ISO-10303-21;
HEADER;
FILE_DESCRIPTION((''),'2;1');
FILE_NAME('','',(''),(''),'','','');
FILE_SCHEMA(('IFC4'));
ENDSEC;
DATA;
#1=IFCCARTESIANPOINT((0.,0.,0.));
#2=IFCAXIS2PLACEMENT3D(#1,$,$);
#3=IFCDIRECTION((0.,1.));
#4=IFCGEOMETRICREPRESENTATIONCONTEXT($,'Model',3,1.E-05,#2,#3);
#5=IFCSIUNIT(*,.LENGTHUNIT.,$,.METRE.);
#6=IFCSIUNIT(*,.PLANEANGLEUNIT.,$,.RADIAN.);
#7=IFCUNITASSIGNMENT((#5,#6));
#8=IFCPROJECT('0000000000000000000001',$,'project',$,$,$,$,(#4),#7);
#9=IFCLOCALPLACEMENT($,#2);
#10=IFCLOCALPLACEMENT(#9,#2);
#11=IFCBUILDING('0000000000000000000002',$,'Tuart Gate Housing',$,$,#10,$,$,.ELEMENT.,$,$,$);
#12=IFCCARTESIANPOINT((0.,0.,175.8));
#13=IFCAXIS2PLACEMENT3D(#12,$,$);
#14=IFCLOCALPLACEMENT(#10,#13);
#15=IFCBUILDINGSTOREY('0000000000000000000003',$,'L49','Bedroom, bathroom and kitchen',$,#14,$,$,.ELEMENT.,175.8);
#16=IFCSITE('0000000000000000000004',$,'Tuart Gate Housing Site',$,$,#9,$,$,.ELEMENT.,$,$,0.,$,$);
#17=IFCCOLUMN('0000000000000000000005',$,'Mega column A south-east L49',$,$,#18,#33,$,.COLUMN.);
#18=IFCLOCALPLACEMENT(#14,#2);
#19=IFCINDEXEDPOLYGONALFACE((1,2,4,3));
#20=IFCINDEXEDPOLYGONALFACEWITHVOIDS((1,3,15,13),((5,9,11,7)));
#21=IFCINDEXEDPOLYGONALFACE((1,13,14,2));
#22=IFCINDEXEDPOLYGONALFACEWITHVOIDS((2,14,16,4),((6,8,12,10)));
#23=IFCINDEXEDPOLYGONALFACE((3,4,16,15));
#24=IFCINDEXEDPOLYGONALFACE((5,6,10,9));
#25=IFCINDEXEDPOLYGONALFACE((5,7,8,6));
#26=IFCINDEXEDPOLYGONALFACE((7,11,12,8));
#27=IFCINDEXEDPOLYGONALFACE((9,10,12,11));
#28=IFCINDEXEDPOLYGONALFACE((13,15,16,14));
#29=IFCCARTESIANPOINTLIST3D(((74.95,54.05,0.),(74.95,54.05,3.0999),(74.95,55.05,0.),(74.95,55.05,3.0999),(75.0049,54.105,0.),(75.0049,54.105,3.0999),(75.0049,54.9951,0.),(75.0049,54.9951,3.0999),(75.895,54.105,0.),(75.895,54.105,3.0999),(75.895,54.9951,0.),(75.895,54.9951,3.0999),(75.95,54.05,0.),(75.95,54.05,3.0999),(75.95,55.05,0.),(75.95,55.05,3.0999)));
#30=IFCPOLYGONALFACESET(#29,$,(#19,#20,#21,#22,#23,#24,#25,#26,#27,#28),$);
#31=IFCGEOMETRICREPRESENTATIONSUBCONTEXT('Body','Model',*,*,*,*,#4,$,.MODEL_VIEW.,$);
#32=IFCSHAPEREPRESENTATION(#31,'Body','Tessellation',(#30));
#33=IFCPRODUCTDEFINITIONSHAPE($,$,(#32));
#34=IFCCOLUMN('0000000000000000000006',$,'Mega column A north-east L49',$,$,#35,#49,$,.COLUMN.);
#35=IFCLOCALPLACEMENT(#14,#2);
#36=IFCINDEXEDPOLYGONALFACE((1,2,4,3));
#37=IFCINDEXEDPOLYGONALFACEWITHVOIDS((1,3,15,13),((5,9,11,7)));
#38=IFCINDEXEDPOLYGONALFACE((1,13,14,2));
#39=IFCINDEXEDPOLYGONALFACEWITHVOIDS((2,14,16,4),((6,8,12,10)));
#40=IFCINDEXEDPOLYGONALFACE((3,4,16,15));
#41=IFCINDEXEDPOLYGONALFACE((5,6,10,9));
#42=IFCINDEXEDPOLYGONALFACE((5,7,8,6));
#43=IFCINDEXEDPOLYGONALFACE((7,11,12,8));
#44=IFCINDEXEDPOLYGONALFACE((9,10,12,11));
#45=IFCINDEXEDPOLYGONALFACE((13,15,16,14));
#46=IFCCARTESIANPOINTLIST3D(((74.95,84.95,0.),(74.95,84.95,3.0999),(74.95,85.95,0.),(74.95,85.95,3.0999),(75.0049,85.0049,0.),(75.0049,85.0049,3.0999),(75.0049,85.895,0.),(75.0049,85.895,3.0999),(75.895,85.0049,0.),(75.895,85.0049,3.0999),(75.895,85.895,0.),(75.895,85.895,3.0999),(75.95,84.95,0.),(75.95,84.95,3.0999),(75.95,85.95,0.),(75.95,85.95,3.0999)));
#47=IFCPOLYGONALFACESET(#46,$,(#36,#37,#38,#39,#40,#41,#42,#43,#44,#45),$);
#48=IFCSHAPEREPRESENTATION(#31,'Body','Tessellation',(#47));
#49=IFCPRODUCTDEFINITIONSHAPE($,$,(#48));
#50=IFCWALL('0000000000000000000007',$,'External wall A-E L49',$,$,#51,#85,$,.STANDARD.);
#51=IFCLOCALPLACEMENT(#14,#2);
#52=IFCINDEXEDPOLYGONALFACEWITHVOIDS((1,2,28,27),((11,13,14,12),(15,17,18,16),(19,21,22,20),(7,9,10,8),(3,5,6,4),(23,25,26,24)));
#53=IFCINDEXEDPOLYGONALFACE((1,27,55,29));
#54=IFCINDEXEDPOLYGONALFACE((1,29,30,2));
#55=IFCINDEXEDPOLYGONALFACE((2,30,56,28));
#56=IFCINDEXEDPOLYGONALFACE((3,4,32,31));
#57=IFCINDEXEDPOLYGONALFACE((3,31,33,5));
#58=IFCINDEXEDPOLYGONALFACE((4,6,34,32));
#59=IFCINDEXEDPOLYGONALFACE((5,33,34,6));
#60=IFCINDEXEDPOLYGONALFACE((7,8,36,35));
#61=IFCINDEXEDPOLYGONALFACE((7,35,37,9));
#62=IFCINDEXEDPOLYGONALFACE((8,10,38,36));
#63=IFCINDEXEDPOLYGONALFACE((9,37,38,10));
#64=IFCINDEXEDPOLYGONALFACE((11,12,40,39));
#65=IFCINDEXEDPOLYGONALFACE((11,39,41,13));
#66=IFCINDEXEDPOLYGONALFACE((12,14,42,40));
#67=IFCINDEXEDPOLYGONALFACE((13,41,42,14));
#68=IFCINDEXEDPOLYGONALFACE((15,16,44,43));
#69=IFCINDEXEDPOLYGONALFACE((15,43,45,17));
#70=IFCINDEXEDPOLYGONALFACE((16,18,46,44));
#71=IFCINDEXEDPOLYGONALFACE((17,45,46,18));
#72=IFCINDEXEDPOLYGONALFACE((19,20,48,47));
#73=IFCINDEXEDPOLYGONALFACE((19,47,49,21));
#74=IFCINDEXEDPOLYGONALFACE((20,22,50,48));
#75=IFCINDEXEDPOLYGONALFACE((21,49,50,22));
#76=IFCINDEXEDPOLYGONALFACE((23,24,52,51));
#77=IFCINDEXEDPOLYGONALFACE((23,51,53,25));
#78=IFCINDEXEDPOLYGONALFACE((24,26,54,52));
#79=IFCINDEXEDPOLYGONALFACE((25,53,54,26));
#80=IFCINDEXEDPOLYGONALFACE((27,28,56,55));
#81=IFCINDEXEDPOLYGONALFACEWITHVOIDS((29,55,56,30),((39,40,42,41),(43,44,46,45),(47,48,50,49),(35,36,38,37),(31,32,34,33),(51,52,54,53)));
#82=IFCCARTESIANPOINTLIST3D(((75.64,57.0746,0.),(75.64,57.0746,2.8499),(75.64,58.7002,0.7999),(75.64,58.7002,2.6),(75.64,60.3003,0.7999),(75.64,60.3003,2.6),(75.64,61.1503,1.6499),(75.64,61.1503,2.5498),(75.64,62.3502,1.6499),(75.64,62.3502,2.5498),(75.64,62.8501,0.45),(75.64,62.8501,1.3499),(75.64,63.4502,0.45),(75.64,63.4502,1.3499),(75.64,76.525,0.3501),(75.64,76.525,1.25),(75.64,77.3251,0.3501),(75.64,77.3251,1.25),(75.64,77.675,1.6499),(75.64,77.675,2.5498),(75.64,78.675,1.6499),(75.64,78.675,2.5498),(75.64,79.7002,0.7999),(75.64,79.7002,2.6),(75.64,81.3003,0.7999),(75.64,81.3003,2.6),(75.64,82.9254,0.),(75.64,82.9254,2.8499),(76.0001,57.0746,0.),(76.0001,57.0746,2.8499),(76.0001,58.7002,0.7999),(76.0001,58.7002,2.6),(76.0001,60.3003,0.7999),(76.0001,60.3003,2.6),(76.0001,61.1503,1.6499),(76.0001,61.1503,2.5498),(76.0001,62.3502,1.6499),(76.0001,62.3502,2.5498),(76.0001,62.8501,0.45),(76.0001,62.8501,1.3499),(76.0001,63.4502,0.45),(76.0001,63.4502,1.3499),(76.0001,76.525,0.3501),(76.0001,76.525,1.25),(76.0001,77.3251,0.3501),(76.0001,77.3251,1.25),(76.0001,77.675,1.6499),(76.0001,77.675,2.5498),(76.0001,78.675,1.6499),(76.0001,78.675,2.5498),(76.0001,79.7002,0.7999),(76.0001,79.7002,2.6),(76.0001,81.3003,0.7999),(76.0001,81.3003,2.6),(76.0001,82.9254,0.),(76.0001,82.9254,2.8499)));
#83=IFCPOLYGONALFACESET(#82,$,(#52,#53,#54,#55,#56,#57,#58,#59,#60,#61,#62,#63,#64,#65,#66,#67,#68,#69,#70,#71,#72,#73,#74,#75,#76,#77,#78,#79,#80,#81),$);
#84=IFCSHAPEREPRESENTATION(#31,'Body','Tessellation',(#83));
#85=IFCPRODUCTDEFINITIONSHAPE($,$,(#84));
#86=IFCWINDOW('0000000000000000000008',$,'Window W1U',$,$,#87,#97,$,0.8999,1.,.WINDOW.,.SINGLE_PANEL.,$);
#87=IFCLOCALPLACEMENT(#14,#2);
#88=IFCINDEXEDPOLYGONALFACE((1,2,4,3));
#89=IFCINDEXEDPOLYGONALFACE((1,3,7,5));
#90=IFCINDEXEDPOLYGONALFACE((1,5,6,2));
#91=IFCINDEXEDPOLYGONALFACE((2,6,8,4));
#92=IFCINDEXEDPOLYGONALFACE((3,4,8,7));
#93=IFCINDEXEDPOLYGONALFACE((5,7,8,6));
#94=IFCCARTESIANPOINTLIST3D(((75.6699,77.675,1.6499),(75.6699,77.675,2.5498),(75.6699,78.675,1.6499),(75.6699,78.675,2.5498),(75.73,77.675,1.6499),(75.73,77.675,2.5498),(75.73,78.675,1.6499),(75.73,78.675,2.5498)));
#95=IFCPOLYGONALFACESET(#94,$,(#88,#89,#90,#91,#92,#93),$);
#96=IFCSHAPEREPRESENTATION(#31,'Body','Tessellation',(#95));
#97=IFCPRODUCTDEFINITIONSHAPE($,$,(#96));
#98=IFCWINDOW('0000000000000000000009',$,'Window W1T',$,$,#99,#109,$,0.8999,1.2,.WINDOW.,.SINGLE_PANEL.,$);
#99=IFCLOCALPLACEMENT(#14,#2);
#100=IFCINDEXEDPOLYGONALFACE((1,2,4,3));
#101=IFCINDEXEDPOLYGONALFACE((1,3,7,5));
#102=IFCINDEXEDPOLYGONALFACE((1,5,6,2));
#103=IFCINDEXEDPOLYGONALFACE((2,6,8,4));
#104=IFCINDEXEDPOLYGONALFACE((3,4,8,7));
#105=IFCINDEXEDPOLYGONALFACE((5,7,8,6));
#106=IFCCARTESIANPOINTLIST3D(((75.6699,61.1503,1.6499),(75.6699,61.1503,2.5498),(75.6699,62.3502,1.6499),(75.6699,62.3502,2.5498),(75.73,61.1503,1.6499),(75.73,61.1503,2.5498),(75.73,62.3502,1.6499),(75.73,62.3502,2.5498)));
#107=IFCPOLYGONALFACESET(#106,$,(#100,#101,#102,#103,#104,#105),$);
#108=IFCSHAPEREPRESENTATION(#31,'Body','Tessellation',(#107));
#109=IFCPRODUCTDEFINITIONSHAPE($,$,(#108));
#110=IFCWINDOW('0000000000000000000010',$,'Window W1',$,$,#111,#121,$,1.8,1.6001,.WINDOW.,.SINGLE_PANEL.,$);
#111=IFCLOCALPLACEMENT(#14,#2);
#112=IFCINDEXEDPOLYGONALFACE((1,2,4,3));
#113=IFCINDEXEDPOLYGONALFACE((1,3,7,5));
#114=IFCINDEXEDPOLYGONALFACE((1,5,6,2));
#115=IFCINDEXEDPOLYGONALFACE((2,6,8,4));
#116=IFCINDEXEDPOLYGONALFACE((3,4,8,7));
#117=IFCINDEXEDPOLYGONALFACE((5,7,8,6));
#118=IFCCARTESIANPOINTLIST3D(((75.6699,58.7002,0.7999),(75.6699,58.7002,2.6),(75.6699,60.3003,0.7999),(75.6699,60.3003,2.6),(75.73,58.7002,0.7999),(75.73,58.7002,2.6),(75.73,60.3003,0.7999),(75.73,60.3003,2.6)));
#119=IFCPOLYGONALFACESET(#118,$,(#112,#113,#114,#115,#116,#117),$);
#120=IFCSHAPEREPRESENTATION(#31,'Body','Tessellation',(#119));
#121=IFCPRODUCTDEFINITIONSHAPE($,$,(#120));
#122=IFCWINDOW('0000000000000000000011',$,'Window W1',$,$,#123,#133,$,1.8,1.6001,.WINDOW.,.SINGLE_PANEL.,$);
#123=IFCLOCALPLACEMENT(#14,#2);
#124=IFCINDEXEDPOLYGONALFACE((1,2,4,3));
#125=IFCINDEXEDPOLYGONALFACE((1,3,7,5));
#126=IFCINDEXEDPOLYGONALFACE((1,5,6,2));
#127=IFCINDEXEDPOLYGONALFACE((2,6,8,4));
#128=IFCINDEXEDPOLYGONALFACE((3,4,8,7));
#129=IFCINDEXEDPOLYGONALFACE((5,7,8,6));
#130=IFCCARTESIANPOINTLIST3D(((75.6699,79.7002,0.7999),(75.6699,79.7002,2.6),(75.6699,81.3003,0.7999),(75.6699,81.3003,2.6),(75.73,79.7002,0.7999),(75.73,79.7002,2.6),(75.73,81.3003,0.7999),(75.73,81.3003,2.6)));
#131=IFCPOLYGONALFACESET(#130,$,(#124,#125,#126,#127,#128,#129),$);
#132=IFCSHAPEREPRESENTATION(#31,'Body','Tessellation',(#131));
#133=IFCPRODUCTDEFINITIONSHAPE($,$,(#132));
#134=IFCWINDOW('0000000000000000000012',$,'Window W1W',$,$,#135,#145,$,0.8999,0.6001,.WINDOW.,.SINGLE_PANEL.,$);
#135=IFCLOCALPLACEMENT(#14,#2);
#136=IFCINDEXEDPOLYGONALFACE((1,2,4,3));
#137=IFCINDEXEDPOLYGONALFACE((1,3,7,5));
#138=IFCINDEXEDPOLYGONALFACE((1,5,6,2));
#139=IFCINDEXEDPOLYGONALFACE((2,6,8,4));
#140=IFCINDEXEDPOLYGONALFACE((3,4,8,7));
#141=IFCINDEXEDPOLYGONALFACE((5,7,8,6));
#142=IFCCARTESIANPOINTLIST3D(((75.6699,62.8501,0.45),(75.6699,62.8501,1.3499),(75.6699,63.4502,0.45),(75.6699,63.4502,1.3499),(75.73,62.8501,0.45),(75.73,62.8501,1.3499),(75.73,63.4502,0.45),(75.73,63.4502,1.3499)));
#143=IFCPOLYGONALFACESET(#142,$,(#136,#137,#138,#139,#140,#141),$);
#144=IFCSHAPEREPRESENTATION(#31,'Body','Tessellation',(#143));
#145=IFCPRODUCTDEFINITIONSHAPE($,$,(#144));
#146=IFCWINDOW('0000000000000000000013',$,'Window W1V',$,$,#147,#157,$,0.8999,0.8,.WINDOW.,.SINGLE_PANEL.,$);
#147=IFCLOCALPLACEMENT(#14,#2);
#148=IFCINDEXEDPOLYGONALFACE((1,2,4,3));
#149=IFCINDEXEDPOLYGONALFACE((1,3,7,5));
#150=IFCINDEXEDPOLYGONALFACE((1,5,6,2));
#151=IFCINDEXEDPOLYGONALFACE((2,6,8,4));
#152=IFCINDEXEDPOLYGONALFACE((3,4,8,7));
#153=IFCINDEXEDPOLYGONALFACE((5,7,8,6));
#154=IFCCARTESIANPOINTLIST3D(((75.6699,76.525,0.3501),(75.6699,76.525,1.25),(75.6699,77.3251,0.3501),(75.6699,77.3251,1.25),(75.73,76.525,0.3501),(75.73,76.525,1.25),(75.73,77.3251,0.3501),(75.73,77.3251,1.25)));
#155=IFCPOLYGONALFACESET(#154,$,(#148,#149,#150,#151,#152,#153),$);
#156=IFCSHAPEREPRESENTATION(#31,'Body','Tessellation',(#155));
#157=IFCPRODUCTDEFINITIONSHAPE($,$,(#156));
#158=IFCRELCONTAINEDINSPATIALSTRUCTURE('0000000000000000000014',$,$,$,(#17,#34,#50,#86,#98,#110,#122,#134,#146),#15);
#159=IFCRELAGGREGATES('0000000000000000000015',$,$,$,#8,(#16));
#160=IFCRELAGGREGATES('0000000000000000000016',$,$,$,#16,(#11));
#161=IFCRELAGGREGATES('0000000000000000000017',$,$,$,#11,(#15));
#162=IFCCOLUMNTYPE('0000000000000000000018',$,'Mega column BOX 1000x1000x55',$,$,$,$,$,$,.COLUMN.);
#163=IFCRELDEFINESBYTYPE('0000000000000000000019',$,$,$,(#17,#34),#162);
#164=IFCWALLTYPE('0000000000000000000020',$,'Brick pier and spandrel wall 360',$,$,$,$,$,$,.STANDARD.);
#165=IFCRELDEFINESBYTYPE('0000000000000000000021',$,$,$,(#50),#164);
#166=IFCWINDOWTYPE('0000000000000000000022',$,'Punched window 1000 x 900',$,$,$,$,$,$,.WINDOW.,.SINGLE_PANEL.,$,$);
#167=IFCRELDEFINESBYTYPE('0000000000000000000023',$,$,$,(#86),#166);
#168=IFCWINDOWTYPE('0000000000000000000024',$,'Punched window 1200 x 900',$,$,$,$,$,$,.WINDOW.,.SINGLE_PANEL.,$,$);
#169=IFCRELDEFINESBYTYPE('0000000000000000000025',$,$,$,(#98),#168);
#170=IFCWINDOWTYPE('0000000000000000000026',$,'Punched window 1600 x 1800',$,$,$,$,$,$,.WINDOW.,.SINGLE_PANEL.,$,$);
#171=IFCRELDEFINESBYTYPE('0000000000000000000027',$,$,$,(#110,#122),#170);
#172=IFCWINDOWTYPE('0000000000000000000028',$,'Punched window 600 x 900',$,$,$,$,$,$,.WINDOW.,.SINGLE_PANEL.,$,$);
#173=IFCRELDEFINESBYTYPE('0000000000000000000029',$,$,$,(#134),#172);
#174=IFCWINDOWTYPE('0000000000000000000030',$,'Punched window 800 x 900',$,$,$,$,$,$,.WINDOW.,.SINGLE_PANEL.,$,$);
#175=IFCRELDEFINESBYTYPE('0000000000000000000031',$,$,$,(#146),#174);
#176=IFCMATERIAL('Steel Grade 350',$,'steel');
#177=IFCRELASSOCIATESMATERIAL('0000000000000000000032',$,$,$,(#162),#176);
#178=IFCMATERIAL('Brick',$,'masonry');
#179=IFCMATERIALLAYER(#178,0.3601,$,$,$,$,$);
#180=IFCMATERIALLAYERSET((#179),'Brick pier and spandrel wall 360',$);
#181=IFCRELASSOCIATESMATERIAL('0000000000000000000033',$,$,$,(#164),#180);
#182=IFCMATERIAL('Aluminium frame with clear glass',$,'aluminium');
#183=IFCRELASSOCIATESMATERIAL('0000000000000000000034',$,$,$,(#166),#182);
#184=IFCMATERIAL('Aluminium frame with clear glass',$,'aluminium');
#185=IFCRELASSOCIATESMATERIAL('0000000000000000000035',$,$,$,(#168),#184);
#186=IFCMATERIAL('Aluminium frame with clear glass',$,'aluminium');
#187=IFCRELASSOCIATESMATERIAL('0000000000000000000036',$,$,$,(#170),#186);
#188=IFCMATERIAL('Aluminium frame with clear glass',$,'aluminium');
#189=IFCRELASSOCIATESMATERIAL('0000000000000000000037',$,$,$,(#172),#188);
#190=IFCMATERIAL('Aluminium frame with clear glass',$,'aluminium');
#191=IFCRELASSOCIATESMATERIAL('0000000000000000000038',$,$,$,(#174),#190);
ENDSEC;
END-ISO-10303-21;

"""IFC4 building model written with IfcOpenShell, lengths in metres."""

from ifc_helpers import new_model, si_unit, direction, frame, frame_2d, origin, origin_2d, place, context, subcontext, project, spatial, rectangle, hollow_rectangle, extrude, material, layer, layer_set, material_profile, profile_set, type_object, element, fill, save


model = new_model("IFC4")

# Units and contexts
model_context = context("Model", 3, precision=1e-05, world=origin(), true_north=direction((0.0, 1.0)))
body_context = subcontext(model_context, "Body", "Model", "MODEL_VIEW")
ifc_project = project(units=[si_unit("LENGTHUNIT", "METRE"), si_unit("PLANEANGLEUNIT", "RADIAN")], contexts=[model_context])

# Site, building, storey
site_placement = place(None, origin())
site = spatial("IfcSite", under=ifc_project, at=site_placement, Name="Tuart Gate Housing Site", CompositionType="ELEMENT", RefElevation=0.0)
building_placement = place(site_placement, origin())
building = spatial("IfcBuilding", under=site, at=building_placement, Name="Tuart Gate Housing", CompositionType="ELEMENT")
storey_placement = place(building_placement, frame((0.0, 0.0, 175.8)))
storey = spatial("IfcBuildingStorey", under=building, at=storey_placement, Name="L49", Description="Bedroom, bathroom and kitchen", CompositionType="ELEMENT", Elevation=175.8)

# Columns
ifc_material_1 = material(Name="Steel Grade 350", Category="steel")
ifc_material_profile = material_profile(ifc_material_1, hollow_rectangle(XDim=1.0, YDim=1.0, WallThickness=0.0549, at=origin_2d()), Name="BOX 1000x1000x55")
ifc_profile_set = profile_set([ifc_material_profile], Name="Steel Grade 350")
column_type = type_object("IfcColumnType", Name="Mega column BOX 1000x1000x55", PredefinedType="COLUMN", material=ifc_profile_set)
for number, where, z_axis, x_axis, name in (
    (1, (75.45, 54.55, 0.0), (0.0, 0.0, 1.0), (1.0, 0.0, 0.0), "Mega column A south-east L49"),
    (2, (75.45, 85.45, 0.0), (0.0, 0.0, 1.0), (1.0, 0.0, 0.0), "Mega column A north-east L49"),
):
    element("IfcColumn", number, at=place(storey_placement, frame(where, z_axis=z_axis, x_axis=x_axis)), inside=storey, type_object=column_type, Name=name, PredefinedType="COLUMN", context=body_context, shape_type="SweptSolid", body=[
        extrude(hollow_rectangle(XDim=1.0, YDim=1.0, WallThickness=0.0549, at=origin_2d()), origin(), (0.0, 0.0, 1.0), 3.0999),
    ])

# Wall, openings, windows
ifc_material_2 = material(Name="Brick", Category="masonry")
ifc_layer_1 = layer(ifc_material_2, 0.3601)
ifc_layer_set_1 = layer_set([ifc_layer_1], Name="Brick pier and spandrel wall 360")
wall_type_1 = type_object("IfcWallType", Name="Brick pier and spandrel wall 360", PredefinedType="STANDARD", material=ifc_layer_set_1)
wall_1_placement = place(storey_placement, frame((75.8201, 57.0747, 0.0), z_axis=(0.0, 0.0, 1.0), x_axis=(0.0, 1.0, 0.0)))
wall_1 = element("IfcWall", 3, at=wall_1_placement, inside=storey, type_object=wall_type_1, Name="External wall A-E L49", PredefinedType="STANDARD", context=body_context, shape_type="SweptSolid", body=[
    extrude(rectangle(XDim=25.8508, YDim=0.3601, at=frame_2d((12.9253, 0.0))), origin(), (0.0, 0.0, 1.0), 2.8499),
])
opening_1_placement = place(wall_1_placement, frame((1.6255, 0.0, 0.8)))
opening_1 = element("IfcOpeningElement", 4, at=opening_1_placement, cuts=wall_1, PredefinedType="OPENING", context=body_context, shape_type="SweptSolid", body=[
    extrude(rectangle(XDim=1.6001, YDim=1.8, at=frame_2d((0.8, 0.8999))), frame((0.0, 0.1899, 0.0), z_axis=(0.0, -1.0, 0.0), x_axis=(1.0, 0.0, 0.0)), (0.0, 0.0, 1.0), 0.3801),
])
opening_2_placement = place(wall_1_placement, frame((4.0754, 0.0, 1.6499)))
opening_2 = element("IfcOpeningElement", 5, at=opening_2_placement, cuts=wall_1, PredefinedType="OPENING", context=body_context, shape_type="SweptSolid", body=[
    extrude(rectangle(XDim=1.2, YDim=0.8999, at=frame_2d((0.6001, 0.45))), frame((0.0, 0.1899, 0.0), z_axis=(0.0, -1.0, 0.0), x_axis=(1.0, 0.0, 0.0)), (0.0, 0.0, 1.0), 0.3801),
])
opening_3_placement = place(wall_1_placement, frame((19.4504, 0.0, 0.3501)))
opening_3 = element("IfcOpeningElement", 6, at=opening_3_placement, cuts=wall_1, PredefinedType="OPENING", context=body_context, shape_type="SweptSolid", body=[
    extrude(rectangle(XDim=0.8, YDim=0.8999, at=frame_2d((0.3999, 0.45))), frame((0.0, 0.1899, 0.0), z_axis=(0.0, -1.0, 0.0), x_axis=(1.0, 0.0, 0.0)), (0.0, 0.0, 1.0), 0.3801),
])
opening_4_placement = place(wall_1_placement, frame((22.6255, 0.0, 0.8)))
opening_4 = element("IfcOpeningElement", 7, at=opening_4_placement, cuts=wall_1, PredefinedType="OPENING", context=body_context, shape_type="SweptSolid", body=[
    extrude(rectangle(XDim=1.6001, YDim=1.8, at=frame_2d((0.8, 0.8999))), frame((0.0, 0.1899, 0.0), z_axis=(0.0, -1.0, 0.0), x_axis=(1.0, 0.0, 0.0)), (0.0, 0.0, 1.0), 0.3801),
])
opening_5_placement = place(wall_1_placement, frame((5.7754, 0.0, 0.45)))
opening_5 = element("IfcOpeningElement", 8, at=opening_5_placement, cuts=wall_1, PredefinedType="OPENING", context=body_context, shape_type="SweptSolid", body=[
    extrude(rectangle(XDim=0.6001, YDim=0.8999, at=frame_2d((0.3, 0.45))), frame((0.0, 0.1899, 0.0), z_axis=(0.0, -1.0, 0.0), x_axis=(1.0, 0.0, 0.0)), (0.0, 0.0, 1.0), 0.3801),
])
opening_6_placement = place(wall_1_placement, frame((20.6003, 0.0, 1.6499)))
opening_6 = element("IfcOpeningElement", 9, at=opening_6_placement, cuts=wall_1, PredefinedType="OPENING", context=body_context, shape_type="SweptSolid", body=[
    extrude(rectangle(XDim=1.0, YDim=0.8999, at=frame_2d((0.5, 0.45))), frame((0.0, 0.1899, 0.0), z_axis=(0.0, -1.0, 0.0), x_axis=(1.0, 0.0, 0.0)), (0.0, 0.0, 1.0), 0.3801),
])
ifc_material_3 = material(Name="Aluminium frame with clear glass", Category="aluminium")
window_type_1 = type_object("IfcWindowType", Name="Punched window 1000 x 900", PartitioningType="SINGLE_PANEL", PredefinedType="WINDOW", material=ifc_material_3)
window_1_placement = place(opening_6_placement, origin())
window_1 = element("IfcWindow", 10, at=window_1_placement, inside=storey, type_object=window_type_1, Name="Window W1U", OverallHeight=0.8999, OverallWidth=1.0, PartitioningType="SINGLE_PANEL", PredefinedType="WINDOW", context=body_context, shape_type="SweptSolid", body=[
    extrude(rectangle(XDim=1.0, YDim=0.8999, at=frame_2d((0.5, 0.45))), frame((0.0, 0.1501, 0.0), z_axis=(0.0, -1.0, 0.0), x_axis=(1.0, 0.0, 0.0)), (0.0, 0.0, 1.0), 0.0601),
])
fill(opening_6, window_1)
ifc_material_4 = material(Name="Aluminium frame with clear glass", Category="aluminium")
window_type_2 = type_object("IfcWindowType", Name="Punched window 1200 x 900", PartitioningType="SINGLE_PANEL", PredefinedType="WINDOW", material=ifc_material_4)
window_2_placement = place(opening_2_placement, origin())
window_2 = element("IfcWindow", 11, at=window_2_placement, inside=storey, type_object=window_type_2, Name="Window W1T", OverallHeight=0.8999, OverallWidth=1.2, PartitioningType="SINGLE_PANEL", PredefinedType="WINDOW", context=body_context, shape_type="SweptSolid", body=[
    extrude(rectangle(XDim=1.2, YDim=0.8999, at=frame_2d((0.6001, 0.45))), frame((0.0, 0.1501, 0.0), z_axis=(0.0, -1.0, 0.0), x_axis=(1.0, 0.0, 0.0)), (0.0, 0.0, 1.0), 0.0601),
])
fill(opening_2, window_2)
ifc_material_5 = material(Name="Aluminium frame with clear glass", Category="aluminium")
window_type_3 = type_object("IfcWindowType", Name="Punched window 1600 x 1800", PartitioningType="SINGLE_PANEL", PredefinedType="WINDOW", material=ifc_material_5)
window_3_placement = place(opening_1_placement, origin())
window_3 = element("IfcWindow", 12, at=window_3_placement, inside=storey, type_object=window_type_3, Name="Window W1", OverallHeight=1.8, OverallWidth=1.6001, PartitioningType="SINGLE_PANEL", PredefinedType="WINDOW", context=body_context, shape_type="SweptSolid", body=[
    extrude(rectangle(XDim=1.6001, YDim=1.8, at=frame_2d((0.8, 0.8999))), frame((0.0, 0.1501, 0.0), z_axis=(0.0, -1.0, 0.0), x_axis=(1.0, 0.0, 0.0)), (0.0, 0.0, 1.0), 0.0601),
])
fill(opening_1, window_3)
window_4_placement = place(opening_4_placement, origin())
window_4 = element("IfcWindow", 13, at=window_4_placement, inside=storey, type_object=window_type_3, Name="Window W1", OverallHeight=1.8, OverallWidth=1.6001, PartitioningType="SINGLE_PANEL", PredefinedType="WINDOW", context=body_context, shape_type="SweptSolid", body=[
    extrude(rectangle(XDim=1.6001, YDim=1.8, at=frame_2d((0.8, 0.8999))), frame((0.0, 0.1501, 0.0), z_axis=(0.0, -1.0, 0.0), x_axis=(1.0, 0.0, 0.0)), (0.0, 0.0, 1.0), 0.0601),
])
fill(opening_4, window_4)
ifc_material_6 = material(Name="Aluminium frame with clear glass", Category="aluminium")
window_type_4 = type_object("IfcWindowType", Name="Punched window 600 x 900", PartitioningType="SINGLE_PANEL", PredefinedType="WINDOW", material=ifc_material_6)
window_5_placement = place(opening_5_placement, origin())
window_5 = element("IfcWindow", 14, at=window_5_placement, inside=storey, type_object=window_type_4, Name="Window W1W", OverallHeight=0.8999, OverallWidth=0.6001, PartitioningType="SINGLE_PANEL", PredefinedType="WINDOW", context=body_context, shape_type="SweptSolid", body=[
    extrude(rectangle(XDim=0.6001, YDim=0.8999, at=frame_2d((0.3, 0.45))), frame((0.0, 0.1501, 0.0), z_axis=(0.0, -1.0, 0.0), x_axis=(1.0, 0.0, 0.0)), (0.0, 0.0, 1.0), 0.0601),
])
fill(opening_5, window_5)
ifc_material_7 = material(Name="Aluminium frame with clear glass", Category="aluminium")
window_type_5 = type_object("IfcWindowType", Name="Punched window 800 x 900", PartitioningType="SINGLE_PANEL", PredefinedType="WINDOW", material=ifc_material_7)
window_6_placement = place(opening_3_placement, origin())
window_6 = element("IfcWindow", 15, at=window_6_placement, inside=storey, type_object=window_type_5, Name="Window W1V", OverallHeight=0.8999, OverallWidth=0.8, PartitioningType="SINGLE_PANEL", PredefinedType="WINDOW", context=body_context, shape_type="SweptSolid", body=[
    extrude(rectangle(XDim=0.8, YDim=0.8999, at=frame_2d((0.3999, 0.45))), frame((0.0, 0.1501, 0.0), z_axis=(0.0, -1.0, 0.0), x_axis=(1.0, 0.0, 0.0)), (0.0, 0.0, 1.0), 0.0601),
])
fill(opening_3, window_6)

save(model, "model.ifc")
